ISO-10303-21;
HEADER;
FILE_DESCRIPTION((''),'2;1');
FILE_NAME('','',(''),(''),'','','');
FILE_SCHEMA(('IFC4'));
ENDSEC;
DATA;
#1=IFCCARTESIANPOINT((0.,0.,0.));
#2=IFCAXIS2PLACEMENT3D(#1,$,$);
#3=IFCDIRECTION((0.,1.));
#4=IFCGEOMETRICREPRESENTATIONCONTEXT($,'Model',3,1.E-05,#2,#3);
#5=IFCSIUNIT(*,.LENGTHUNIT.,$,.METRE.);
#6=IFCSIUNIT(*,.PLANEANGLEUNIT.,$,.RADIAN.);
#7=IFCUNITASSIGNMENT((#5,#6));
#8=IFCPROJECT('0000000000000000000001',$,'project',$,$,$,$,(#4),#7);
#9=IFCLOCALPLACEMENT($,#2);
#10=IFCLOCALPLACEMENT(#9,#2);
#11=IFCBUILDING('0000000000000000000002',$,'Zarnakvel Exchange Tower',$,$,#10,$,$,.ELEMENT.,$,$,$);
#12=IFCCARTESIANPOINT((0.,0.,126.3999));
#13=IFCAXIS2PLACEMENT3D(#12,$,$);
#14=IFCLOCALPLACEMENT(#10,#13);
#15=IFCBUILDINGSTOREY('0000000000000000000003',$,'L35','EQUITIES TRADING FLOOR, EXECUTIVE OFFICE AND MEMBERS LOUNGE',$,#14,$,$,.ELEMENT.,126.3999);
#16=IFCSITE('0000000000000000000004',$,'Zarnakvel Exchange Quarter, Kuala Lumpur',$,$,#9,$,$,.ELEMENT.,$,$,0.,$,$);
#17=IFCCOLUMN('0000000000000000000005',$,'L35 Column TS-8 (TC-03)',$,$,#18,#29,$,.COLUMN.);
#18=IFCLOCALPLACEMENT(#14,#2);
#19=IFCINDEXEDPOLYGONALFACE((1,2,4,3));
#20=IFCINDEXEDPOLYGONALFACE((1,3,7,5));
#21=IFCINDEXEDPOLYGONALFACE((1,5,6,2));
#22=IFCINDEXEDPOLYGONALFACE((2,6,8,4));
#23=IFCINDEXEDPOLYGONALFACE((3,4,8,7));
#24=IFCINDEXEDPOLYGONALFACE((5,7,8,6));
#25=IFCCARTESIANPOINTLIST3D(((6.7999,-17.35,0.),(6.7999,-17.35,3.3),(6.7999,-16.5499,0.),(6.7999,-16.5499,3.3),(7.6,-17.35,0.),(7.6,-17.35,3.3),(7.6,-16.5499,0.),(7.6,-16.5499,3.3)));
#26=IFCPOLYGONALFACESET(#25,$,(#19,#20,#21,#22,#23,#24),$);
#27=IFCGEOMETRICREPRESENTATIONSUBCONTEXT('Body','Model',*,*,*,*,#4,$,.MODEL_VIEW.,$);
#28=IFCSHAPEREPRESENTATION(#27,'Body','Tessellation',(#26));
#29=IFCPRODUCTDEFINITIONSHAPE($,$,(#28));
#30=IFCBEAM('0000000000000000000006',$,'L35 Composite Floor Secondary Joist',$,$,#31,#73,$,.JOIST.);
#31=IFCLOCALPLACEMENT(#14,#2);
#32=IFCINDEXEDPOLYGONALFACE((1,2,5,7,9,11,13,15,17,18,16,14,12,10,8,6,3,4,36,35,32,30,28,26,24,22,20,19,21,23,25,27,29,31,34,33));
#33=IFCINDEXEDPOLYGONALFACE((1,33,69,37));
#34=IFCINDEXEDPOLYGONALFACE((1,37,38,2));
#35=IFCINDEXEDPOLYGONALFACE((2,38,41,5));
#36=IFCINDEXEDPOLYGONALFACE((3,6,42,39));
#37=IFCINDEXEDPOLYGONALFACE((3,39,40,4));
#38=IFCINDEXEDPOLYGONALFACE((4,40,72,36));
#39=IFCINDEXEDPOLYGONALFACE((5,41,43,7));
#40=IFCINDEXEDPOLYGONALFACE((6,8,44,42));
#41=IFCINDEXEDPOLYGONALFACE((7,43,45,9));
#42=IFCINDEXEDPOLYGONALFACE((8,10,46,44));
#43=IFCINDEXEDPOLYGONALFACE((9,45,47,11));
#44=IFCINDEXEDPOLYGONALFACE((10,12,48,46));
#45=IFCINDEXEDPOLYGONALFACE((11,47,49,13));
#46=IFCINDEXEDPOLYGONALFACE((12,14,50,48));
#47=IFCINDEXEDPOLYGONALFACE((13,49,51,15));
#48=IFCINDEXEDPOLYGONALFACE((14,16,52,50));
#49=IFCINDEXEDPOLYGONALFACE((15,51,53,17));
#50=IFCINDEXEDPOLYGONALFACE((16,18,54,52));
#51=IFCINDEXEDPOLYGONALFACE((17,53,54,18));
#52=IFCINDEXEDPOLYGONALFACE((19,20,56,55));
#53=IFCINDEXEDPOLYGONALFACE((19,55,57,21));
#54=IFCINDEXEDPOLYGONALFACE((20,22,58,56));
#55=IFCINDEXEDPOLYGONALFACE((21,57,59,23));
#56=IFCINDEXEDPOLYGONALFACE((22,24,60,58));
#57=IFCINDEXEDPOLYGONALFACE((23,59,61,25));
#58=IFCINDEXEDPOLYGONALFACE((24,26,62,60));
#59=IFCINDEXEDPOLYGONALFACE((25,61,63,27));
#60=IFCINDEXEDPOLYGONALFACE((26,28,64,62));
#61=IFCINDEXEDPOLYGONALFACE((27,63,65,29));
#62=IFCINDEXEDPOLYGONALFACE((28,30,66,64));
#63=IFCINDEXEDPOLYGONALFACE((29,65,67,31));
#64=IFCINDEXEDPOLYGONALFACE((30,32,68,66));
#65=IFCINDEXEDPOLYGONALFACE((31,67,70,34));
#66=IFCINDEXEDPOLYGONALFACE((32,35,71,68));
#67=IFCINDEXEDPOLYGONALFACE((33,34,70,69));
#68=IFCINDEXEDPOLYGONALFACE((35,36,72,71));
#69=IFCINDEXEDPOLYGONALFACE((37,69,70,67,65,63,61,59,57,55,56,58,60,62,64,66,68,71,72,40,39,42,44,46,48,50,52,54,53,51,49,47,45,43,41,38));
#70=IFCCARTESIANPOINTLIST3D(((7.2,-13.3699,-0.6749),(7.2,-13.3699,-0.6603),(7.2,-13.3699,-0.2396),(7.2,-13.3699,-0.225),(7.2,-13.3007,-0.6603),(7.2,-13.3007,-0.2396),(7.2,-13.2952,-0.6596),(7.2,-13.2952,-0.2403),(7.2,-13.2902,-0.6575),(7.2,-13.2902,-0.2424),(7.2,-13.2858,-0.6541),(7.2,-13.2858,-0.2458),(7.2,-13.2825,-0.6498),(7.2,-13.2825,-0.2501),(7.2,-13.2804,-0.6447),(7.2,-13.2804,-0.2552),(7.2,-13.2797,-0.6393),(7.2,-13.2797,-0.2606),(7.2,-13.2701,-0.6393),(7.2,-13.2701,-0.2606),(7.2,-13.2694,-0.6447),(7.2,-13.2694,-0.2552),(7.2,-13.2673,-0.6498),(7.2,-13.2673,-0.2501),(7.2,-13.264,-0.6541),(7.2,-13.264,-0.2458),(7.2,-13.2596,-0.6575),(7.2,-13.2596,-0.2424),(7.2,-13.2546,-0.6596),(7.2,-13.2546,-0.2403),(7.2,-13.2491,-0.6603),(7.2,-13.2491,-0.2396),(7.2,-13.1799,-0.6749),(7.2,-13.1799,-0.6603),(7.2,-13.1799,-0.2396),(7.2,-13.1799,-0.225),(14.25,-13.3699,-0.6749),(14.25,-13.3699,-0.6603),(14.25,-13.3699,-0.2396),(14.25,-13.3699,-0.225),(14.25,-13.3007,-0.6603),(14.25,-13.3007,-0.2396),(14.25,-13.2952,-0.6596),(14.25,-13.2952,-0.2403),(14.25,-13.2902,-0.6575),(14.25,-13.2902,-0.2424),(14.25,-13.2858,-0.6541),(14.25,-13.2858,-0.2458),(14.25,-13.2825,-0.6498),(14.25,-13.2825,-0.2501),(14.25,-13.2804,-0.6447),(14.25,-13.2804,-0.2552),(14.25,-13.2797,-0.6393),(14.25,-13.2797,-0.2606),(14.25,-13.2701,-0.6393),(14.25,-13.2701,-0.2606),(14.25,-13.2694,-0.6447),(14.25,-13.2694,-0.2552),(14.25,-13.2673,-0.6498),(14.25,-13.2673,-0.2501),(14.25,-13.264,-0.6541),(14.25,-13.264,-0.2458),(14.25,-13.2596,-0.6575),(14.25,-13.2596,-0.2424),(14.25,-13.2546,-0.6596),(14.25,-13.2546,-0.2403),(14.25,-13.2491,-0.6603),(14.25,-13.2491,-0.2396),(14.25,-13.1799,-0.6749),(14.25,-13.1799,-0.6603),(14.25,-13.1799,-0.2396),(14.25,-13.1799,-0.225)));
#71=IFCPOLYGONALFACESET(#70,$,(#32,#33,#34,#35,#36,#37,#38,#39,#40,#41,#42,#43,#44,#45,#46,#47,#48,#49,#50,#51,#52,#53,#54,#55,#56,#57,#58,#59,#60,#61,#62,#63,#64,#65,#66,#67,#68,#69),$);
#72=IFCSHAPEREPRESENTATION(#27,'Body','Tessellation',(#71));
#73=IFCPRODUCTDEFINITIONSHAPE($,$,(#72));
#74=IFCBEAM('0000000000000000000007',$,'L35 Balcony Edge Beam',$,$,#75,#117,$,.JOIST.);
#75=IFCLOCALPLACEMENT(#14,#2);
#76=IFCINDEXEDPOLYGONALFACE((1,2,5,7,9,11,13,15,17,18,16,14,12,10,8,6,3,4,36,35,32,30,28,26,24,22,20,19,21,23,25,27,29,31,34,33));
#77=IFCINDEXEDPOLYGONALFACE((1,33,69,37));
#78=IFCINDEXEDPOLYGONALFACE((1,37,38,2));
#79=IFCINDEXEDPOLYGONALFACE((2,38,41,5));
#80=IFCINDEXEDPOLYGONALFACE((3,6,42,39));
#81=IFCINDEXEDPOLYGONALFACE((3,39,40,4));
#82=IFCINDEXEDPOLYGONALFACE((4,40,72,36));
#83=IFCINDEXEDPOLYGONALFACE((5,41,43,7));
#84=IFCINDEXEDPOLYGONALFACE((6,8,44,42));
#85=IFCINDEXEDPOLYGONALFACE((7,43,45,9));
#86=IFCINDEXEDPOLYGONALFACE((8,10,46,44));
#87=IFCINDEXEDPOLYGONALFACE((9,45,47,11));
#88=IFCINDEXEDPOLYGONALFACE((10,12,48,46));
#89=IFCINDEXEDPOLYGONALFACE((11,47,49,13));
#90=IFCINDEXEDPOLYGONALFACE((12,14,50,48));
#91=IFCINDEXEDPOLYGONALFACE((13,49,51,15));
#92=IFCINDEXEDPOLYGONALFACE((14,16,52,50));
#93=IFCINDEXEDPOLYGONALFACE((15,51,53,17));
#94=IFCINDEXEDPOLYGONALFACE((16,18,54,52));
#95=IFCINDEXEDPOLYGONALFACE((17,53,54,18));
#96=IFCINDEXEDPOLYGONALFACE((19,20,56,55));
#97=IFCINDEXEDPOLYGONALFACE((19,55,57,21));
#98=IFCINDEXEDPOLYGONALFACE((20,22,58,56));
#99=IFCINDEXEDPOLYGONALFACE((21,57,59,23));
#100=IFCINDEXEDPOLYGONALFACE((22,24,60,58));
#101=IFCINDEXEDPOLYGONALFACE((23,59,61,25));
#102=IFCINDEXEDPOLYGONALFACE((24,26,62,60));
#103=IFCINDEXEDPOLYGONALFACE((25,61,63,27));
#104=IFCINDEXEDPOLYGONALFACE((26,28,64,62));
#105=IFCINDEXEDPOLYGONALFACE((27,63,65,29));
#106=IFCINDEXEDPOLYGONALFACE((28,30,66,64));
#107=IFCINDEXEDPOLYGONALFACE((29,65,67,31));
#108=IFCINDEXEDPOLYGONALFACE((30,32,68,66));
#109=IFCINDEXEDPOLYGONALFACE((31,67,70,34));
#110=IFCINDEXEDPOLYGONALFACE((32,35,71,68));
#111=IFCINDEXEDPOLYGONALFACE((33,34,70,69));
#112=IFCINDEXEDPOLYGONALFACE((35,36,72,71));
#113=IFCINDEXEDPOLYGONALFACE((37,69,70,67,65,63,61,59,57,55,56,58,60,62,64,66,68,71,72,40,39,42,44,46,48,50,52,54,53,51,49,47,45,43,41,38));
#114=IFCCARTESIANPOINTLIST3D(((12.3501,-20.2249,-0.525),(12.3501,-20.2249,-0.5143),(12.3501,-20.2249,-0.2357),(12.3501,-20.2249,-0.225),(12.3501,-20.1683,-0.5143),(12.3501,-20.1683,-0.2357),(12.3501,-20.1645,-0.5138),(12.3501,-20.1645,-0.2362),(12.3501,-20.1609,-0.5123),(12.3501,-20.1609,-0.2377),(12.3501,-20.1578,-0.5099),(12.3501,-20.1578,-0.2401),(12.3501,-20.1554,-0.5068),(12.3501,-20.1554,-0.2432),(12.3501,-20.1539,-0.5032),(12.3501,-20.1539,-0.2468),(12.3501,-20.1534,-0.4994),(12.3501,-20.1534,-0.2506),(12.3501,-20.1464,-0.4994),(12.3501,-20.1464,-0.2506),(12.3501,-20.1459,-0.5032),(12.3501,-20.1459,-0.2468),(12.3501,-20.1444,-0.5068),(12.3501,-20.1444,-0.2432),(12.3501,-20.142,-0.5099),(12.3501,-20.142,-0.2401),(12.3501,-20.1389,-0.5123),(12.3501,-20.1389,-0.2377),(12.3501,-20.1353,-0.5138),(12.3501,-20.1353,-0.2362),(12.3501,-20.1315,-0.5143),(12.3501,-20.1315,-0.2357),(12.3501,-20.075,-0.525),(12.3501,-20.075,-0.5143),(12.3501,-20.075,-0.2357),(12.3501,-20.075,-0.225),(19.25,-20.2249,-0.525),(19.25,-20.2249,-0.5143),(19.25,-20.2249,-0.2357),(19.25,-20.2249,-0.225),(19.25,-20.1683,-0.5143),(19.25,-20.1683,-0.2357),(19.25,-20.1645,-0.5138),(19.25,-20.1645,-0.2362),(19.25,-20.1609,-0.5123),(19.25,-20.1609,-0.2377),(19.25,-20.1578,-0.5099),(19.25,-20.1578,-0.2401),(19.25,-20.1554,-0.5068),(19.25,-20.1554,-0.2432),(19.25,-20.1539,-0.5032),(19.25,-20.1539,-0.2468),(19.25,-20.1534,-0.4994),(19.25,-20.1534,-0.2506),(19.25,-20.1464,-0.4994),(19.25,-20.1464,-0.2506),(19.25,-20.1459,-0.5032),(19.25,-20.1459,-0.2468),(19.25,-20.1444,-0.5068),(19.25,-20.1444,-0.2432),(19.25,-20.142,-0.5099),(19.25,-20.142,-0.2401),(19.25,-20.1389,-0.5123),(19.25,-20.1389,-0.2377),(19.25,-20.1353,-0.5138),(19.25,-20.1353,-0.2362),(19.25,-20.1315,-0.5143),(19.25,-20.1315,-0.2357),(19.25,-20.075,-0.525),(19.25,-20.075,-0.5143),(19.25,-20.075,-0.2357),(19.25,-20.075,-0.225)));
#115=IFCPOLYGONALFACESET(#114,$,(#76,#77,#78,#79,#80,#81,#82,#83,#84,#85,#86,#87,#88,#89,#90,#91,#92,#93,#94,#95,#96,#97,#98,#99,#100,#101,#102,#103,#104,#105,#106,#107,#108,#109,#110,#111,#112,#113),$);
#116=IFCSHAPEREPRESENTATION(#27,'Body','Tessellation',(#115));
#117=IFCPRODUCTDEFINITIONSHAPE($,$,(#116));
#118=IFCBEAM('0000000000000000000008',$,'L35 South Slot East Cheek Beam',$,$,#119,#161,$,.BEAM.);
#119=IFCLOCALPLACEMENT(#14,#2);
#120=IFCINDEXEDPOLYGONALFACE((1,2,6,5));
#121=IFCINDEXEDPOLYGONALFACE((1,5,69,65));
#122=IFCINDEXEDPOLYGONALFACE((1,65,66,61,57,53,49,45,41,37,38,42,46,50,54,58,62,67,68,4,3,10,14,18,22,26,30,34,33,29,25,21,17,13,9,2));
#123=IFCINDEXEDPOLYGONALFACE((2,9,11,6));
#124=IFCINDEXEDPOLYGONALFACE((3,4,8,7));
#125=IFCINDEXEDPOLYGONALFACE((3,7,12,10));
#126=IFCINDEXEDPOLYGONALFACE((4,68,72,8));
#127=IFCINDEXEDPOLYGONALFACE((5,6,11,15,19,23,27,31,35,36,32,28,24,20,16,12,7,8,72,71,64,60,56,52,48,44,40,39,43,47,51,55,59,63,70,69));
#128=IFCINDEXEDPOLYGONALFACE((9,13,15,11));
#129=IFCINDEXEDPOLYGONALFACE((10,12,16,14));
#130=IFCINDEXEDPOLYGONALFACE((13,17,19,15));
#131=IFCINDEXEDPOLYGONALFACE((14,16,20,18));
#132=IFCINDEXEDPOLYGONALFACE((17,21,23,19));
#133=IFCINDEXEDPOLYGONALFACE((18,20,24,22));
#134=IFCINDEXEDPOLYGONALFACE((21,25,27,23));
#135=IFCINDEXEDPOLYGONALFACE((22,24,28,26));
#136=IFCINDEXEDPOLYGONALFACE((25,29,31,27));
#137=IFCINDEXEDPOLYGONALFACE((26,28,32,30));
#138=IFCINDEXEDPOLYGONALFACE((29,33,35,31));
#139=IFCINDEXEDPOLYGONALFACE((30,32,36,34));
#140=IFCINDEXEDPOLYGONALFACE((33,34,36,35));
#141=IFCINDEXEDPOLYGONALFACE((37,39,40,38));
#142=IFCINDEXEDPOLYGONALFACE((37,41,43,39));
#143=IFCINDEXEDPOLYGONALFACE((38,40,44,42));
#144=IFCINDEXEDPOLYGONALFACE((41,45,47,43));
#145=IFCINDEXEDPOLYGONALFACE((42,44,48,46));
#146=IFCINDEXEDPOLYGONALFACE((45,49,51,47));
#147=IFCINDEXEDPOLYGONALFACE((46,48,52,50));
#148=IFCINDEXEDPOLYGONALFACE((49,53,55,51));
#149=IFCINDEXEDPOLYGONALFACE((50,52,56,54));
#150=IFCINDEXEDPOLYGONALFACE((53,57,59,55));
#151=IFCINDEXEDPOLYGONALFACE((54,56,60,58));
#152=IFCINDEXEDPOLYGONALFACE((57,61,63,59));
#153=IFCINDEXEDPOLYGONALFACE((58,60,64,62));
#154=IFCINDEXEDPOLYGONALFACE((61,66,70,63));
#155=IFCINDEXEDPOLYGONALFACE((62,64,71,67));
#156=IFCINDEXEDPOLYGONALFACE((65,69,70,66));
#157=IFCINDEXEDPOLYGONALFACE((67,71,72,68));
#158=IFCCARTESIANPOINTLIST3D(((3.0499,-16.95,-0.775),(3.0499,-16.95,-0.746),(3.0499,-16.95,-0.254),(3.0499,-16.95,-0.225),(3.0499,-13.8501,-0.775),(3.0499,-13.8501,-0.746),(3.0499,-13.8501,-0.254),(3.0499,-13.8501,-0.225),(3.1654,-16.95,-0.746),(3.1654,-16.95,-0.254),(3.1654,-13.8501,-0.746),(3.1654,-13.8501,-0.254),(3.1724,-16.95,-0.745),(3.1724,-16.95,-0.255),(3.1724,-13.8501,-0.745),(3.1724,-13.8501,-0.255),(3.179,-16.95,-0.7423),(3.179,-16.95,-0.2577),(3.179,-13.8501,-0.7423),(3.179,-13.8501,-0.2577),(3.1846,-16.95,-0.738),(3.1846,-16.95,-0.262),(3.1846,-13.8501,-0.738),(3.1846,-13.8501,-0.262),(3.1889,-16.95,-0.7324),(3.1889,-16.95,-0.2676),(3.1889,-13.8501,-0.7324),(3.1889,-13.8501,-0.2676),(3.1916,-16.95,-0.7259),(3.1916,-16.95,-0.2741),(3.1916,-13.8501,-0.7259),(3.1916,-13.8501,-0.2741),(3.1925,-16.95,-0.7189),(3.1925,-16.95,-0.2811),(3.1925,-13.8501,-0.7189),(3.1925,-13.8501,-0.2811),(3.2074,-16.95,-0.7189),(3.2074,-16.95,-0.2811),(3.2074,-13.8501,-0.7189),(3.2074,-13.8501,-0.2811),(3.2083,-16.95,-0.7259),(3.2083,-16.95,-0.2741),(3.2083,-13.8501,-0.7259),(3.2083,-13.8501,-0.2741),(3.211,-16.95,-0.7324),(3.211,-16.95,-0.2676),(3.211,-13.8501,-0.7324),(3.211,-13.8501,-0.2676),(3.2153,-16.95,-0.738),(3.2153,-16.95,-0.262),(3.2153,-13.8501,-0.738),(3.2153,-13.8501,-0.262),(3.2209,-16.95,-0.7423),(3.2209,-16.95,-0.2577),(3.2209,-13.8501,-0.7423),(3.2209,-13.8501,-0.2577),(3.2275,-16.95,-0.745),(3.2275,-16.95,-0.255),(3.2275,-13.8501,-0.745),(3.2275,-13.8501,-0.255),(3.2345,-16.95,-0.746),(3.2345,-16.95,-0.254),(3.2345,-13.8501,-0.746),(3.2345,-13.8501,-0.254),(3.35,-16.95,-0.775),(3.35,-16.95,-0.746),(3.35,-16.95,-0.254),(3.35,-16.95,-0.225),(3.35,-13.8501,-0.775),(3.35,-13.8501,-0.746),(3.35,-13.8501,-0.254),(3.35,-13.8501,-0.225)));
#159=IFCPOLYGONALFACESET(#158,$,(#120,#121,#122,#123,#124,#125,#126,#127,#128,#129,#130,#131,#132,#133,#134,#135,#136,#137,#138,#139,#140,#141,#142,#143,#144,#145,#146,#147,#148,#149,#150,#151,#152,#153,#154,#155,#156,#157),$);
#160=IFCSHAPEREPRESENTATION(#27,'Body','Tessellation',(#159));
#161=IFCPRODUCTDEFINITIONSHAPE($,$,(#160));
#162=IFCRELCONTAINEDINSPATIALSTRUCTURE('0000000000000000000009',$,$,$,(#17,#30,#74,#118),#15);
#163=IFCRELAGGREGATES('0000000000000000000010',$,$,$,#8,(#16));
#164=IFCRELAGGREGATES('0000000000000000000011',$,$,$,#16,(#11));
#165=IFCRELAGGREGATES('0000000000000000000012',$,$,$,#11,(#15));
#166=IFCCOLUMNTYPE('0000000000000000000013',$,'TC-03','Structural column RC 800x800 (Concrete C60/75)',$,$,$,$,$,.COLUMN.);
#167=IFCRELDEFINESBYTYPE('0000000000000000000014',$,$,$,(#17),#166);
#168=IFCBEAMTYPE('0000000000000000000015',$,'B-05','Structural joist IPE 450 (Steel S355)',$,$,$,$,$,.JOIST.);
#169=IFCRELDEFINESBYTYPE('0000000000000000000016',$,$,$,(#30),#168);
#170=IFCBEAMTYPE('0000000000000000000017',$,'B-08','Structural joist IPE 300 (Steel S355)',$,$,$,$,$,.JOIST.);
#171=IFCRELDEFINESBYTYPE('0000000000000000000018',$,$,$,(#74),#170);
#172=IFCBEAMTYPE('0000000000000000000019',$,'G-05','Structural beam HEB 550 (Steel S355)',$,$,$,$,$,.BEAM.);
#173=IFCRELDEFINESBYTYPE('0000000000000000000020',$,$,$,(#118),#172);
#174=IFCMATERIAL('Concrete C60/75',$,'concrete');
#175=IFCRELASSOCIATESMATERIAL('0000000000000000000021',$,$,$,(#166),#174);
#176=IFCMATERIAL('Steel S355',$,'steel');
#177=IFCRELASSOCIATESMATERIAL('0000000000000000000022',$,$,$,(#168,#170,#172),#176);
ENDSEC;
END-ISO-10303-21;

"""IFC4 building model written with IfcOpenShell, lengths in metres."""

from ifc_helpers import new_model, si_unit, direction, frame, origin, origin_2d, place, context, subcontext, project, spatial, rectangle, i_section, extrude, material, material_profile, profile_set, type_object, element, save


model = new_model("IFC4")

# Units and contexts
model_context = context("Model", 3, precision=1e-05, world=origin(), true_north=direction((0.0, 1.0)))
body_context = subcontext(model_context, "Body", "Model", "MODEL_VIEW")
ifc_project = project(units=[si_unit("LENGTHUNIT", "METRE"), si_unit("PLANEANGLEUNIT", "RADIAN")], contexts=[model_context])

# Site, building, storey
site_placement = place(None, origin())
site = spatial("IfcSite", under=ifc_project, at=site_placement, Name="Zarnakvel Exchange Quarter, Kuala Lumpur", CompositionType="ELEMENT", RefElevation=0.0)
building_placement = place(site_placement, origin())
building = spatial("IfcBuilding", under=site, at=building_placement, Name="Zarnakvel Exchange Tower", CompositionType="ELEMENT")
storey_placement = place(building_placement, frame((0.0, 0.0, 126.3999)))
storey = spatial("IfcBuildingStorey", under=building, at=storey_placement, Name="L35", Description="EQUITIES TRADING FLOOR, EXECUTIVE OFFICE AND MEMBERS LOUNGE", CompositionType="ELEMENT", Elevation=126.3999)

# Column
ifc_material_1 = material(Name="Concrete C60/75", Category="concrete")
ifc_material_profile_1 = material_profile(ifc_material_1, rectangle(XDim=0.8, YDim=0.8, at=origin_2d()))
ifc_profile_set_1 = profile_set([ifc_material_profile_1], Name="Concrete C60/75")
column_type = type_object("IfcColumnType", Name="TC-03", Description="Structural column RC 800x800 (Concrete C60/75)", PredefinedType="COLUMN", material=ifc_profile_set_1)
column_placement = place(storey_placement, frame((7.2, -16.95, 0.0), z_axis=(0.0, 0.0, 1.0), x_axis=(1.0, 0.0, 0.0)))
element("IfcColumn", 1, at=column_placement, inside=storey, type_object=column_type, Name="L35 Column TS-8 (TC-03)", PredefinedType="COLUMN", context=body_context, shape_type="SweptSolid", body=[
    extrude(rectangle(XDim=0.8, YDim=0.8, at=origin_2d()), origin(), (0.0, 0.0, 1.0), 3.3),
])

# Beams
ifc_material_2 = material(Name="Steel S355", Category="steel")
ifc_material_profile_2 = material_profile(ifc_material_2, i_section(OverallWidth=0.1899, OverallDepth=0.45, WebThickness=0.0095, FlangeThickness=0.0146, FilletRadius=0.021, at=origin_2d()))
ifc_profile_set_2 = profile_set([ifc_material_profile_2], Name="Steel S355")
beam_type_1 = type_object("IfcBeamType", Name="B-05", Description="Structural joist IPE 450 (Steel S355)", PredefinedType="JOIST", material=ifc_profile_set_2)
beam_1_placement = place(storey_placement, frame((7.2, -13.2749, -0.45), z_axis=(1.0, 0.0, 0.0), x_axis=(0.0, 1.0, 0.0)))
element("IfcBeam", 2, at=beam_1_placement, inside=storey, type_object=beam_type_1, Name="L35 Composite Floor Secondary Joist", PredefinedType="JOIST", context=body_context, shape_type="SweptSolid", body=[
    extrude(i_section(OverallWidth=0.1899, OverallDepth=0.45, WebThickness=0.0095, FlangeThickness=0.0146, FilletRadius=0.021, at=origin_2d()), origin(), (0.0, 0.0, 1.0), 7.05),
])
ifc_material_profile_3 = material_profile(ifc_material_2, i_section(OverallWidth=0.1499, OverallDepth=0.3, WebThickness=0.0071, FlangeThickness=0.0107, FilletRadius=0.0149, at=origin_2d()))
ifc_profile_set_3 = profile_set([ifc_material_profile_3], Name="Steel S355")
beam_type_2 = type_object("IfcBeamType", Name="B-08", Description="Structural joist IPE 300 (Steel S355)", PredefinedType="JOIST", material=ifc_profile_set_3)
beam_2_placement = place(storey_placement, frame((12.3501, -20.1499, -0.375), z_axis=(1.0, 0.0, 0.0), x_axis=(0.0, 1.0, 0.0)))
element("IfcBeam", 3, at=beam_2_placement, inside=storey, type_object=beam_type_2, Name="L35 Balcony Edge Beam", PredefinedType="JOIST", context=body_context, shape_type="SweptSolid", body=[
    extrude(i_section(OverallWidth=0.1499, OverallDepth=0.3, WebThickness=0.0071, FlangeThickness=0.0107, FilletRadius=0.0149, at=origin_2d()), origin(), (0.0, 0.0, 1.0), 6.8999),
])
ifc_material_profile_4 = material_profile(ifc_material_2, i_section(OverallWidth=0.3, OverallDepth=0.55, WebThickness=0.0149, FlangeThickness=0.0291, FilletRadius=0.0271, at=origin_2d()))
ifc_profile_set_4 = profile_set([ifc_material_profile_4], Name="Steel S355")
beam_type_3 = type_object("IfcBeamType", Name="G-05", Description="Structural beam HEB 550 (Steel S355)", PredefinedType="BEAM", material=ifc_profile_set_4)
beam_3_placement = place(storey_placement, frame((3.2, -16.95, -0.5), z_axis=(0.0, 1.0, 0.0), x_axis=(-1.0, 0.0, 0.0)))
element("IfcBeam", 4, at=beam_3_placement, inside=storey, type_object=beam_type_3, Name="L35 South Slot East Cheek Beam", PredefinedType="BEAM", context=body_context, shape_type="SweptSolid", body=[
    extrude(i_section(OverallWidth=0.3, OverallDepth=0.55, WebThickness=0.0149, FlangeThickness=0.0291, FilletRadius=0.0271, at=origin_2d()), origin(), (0.0, 0.0, 1.0), 3.0999),
])

save(model, "model.ifc")
